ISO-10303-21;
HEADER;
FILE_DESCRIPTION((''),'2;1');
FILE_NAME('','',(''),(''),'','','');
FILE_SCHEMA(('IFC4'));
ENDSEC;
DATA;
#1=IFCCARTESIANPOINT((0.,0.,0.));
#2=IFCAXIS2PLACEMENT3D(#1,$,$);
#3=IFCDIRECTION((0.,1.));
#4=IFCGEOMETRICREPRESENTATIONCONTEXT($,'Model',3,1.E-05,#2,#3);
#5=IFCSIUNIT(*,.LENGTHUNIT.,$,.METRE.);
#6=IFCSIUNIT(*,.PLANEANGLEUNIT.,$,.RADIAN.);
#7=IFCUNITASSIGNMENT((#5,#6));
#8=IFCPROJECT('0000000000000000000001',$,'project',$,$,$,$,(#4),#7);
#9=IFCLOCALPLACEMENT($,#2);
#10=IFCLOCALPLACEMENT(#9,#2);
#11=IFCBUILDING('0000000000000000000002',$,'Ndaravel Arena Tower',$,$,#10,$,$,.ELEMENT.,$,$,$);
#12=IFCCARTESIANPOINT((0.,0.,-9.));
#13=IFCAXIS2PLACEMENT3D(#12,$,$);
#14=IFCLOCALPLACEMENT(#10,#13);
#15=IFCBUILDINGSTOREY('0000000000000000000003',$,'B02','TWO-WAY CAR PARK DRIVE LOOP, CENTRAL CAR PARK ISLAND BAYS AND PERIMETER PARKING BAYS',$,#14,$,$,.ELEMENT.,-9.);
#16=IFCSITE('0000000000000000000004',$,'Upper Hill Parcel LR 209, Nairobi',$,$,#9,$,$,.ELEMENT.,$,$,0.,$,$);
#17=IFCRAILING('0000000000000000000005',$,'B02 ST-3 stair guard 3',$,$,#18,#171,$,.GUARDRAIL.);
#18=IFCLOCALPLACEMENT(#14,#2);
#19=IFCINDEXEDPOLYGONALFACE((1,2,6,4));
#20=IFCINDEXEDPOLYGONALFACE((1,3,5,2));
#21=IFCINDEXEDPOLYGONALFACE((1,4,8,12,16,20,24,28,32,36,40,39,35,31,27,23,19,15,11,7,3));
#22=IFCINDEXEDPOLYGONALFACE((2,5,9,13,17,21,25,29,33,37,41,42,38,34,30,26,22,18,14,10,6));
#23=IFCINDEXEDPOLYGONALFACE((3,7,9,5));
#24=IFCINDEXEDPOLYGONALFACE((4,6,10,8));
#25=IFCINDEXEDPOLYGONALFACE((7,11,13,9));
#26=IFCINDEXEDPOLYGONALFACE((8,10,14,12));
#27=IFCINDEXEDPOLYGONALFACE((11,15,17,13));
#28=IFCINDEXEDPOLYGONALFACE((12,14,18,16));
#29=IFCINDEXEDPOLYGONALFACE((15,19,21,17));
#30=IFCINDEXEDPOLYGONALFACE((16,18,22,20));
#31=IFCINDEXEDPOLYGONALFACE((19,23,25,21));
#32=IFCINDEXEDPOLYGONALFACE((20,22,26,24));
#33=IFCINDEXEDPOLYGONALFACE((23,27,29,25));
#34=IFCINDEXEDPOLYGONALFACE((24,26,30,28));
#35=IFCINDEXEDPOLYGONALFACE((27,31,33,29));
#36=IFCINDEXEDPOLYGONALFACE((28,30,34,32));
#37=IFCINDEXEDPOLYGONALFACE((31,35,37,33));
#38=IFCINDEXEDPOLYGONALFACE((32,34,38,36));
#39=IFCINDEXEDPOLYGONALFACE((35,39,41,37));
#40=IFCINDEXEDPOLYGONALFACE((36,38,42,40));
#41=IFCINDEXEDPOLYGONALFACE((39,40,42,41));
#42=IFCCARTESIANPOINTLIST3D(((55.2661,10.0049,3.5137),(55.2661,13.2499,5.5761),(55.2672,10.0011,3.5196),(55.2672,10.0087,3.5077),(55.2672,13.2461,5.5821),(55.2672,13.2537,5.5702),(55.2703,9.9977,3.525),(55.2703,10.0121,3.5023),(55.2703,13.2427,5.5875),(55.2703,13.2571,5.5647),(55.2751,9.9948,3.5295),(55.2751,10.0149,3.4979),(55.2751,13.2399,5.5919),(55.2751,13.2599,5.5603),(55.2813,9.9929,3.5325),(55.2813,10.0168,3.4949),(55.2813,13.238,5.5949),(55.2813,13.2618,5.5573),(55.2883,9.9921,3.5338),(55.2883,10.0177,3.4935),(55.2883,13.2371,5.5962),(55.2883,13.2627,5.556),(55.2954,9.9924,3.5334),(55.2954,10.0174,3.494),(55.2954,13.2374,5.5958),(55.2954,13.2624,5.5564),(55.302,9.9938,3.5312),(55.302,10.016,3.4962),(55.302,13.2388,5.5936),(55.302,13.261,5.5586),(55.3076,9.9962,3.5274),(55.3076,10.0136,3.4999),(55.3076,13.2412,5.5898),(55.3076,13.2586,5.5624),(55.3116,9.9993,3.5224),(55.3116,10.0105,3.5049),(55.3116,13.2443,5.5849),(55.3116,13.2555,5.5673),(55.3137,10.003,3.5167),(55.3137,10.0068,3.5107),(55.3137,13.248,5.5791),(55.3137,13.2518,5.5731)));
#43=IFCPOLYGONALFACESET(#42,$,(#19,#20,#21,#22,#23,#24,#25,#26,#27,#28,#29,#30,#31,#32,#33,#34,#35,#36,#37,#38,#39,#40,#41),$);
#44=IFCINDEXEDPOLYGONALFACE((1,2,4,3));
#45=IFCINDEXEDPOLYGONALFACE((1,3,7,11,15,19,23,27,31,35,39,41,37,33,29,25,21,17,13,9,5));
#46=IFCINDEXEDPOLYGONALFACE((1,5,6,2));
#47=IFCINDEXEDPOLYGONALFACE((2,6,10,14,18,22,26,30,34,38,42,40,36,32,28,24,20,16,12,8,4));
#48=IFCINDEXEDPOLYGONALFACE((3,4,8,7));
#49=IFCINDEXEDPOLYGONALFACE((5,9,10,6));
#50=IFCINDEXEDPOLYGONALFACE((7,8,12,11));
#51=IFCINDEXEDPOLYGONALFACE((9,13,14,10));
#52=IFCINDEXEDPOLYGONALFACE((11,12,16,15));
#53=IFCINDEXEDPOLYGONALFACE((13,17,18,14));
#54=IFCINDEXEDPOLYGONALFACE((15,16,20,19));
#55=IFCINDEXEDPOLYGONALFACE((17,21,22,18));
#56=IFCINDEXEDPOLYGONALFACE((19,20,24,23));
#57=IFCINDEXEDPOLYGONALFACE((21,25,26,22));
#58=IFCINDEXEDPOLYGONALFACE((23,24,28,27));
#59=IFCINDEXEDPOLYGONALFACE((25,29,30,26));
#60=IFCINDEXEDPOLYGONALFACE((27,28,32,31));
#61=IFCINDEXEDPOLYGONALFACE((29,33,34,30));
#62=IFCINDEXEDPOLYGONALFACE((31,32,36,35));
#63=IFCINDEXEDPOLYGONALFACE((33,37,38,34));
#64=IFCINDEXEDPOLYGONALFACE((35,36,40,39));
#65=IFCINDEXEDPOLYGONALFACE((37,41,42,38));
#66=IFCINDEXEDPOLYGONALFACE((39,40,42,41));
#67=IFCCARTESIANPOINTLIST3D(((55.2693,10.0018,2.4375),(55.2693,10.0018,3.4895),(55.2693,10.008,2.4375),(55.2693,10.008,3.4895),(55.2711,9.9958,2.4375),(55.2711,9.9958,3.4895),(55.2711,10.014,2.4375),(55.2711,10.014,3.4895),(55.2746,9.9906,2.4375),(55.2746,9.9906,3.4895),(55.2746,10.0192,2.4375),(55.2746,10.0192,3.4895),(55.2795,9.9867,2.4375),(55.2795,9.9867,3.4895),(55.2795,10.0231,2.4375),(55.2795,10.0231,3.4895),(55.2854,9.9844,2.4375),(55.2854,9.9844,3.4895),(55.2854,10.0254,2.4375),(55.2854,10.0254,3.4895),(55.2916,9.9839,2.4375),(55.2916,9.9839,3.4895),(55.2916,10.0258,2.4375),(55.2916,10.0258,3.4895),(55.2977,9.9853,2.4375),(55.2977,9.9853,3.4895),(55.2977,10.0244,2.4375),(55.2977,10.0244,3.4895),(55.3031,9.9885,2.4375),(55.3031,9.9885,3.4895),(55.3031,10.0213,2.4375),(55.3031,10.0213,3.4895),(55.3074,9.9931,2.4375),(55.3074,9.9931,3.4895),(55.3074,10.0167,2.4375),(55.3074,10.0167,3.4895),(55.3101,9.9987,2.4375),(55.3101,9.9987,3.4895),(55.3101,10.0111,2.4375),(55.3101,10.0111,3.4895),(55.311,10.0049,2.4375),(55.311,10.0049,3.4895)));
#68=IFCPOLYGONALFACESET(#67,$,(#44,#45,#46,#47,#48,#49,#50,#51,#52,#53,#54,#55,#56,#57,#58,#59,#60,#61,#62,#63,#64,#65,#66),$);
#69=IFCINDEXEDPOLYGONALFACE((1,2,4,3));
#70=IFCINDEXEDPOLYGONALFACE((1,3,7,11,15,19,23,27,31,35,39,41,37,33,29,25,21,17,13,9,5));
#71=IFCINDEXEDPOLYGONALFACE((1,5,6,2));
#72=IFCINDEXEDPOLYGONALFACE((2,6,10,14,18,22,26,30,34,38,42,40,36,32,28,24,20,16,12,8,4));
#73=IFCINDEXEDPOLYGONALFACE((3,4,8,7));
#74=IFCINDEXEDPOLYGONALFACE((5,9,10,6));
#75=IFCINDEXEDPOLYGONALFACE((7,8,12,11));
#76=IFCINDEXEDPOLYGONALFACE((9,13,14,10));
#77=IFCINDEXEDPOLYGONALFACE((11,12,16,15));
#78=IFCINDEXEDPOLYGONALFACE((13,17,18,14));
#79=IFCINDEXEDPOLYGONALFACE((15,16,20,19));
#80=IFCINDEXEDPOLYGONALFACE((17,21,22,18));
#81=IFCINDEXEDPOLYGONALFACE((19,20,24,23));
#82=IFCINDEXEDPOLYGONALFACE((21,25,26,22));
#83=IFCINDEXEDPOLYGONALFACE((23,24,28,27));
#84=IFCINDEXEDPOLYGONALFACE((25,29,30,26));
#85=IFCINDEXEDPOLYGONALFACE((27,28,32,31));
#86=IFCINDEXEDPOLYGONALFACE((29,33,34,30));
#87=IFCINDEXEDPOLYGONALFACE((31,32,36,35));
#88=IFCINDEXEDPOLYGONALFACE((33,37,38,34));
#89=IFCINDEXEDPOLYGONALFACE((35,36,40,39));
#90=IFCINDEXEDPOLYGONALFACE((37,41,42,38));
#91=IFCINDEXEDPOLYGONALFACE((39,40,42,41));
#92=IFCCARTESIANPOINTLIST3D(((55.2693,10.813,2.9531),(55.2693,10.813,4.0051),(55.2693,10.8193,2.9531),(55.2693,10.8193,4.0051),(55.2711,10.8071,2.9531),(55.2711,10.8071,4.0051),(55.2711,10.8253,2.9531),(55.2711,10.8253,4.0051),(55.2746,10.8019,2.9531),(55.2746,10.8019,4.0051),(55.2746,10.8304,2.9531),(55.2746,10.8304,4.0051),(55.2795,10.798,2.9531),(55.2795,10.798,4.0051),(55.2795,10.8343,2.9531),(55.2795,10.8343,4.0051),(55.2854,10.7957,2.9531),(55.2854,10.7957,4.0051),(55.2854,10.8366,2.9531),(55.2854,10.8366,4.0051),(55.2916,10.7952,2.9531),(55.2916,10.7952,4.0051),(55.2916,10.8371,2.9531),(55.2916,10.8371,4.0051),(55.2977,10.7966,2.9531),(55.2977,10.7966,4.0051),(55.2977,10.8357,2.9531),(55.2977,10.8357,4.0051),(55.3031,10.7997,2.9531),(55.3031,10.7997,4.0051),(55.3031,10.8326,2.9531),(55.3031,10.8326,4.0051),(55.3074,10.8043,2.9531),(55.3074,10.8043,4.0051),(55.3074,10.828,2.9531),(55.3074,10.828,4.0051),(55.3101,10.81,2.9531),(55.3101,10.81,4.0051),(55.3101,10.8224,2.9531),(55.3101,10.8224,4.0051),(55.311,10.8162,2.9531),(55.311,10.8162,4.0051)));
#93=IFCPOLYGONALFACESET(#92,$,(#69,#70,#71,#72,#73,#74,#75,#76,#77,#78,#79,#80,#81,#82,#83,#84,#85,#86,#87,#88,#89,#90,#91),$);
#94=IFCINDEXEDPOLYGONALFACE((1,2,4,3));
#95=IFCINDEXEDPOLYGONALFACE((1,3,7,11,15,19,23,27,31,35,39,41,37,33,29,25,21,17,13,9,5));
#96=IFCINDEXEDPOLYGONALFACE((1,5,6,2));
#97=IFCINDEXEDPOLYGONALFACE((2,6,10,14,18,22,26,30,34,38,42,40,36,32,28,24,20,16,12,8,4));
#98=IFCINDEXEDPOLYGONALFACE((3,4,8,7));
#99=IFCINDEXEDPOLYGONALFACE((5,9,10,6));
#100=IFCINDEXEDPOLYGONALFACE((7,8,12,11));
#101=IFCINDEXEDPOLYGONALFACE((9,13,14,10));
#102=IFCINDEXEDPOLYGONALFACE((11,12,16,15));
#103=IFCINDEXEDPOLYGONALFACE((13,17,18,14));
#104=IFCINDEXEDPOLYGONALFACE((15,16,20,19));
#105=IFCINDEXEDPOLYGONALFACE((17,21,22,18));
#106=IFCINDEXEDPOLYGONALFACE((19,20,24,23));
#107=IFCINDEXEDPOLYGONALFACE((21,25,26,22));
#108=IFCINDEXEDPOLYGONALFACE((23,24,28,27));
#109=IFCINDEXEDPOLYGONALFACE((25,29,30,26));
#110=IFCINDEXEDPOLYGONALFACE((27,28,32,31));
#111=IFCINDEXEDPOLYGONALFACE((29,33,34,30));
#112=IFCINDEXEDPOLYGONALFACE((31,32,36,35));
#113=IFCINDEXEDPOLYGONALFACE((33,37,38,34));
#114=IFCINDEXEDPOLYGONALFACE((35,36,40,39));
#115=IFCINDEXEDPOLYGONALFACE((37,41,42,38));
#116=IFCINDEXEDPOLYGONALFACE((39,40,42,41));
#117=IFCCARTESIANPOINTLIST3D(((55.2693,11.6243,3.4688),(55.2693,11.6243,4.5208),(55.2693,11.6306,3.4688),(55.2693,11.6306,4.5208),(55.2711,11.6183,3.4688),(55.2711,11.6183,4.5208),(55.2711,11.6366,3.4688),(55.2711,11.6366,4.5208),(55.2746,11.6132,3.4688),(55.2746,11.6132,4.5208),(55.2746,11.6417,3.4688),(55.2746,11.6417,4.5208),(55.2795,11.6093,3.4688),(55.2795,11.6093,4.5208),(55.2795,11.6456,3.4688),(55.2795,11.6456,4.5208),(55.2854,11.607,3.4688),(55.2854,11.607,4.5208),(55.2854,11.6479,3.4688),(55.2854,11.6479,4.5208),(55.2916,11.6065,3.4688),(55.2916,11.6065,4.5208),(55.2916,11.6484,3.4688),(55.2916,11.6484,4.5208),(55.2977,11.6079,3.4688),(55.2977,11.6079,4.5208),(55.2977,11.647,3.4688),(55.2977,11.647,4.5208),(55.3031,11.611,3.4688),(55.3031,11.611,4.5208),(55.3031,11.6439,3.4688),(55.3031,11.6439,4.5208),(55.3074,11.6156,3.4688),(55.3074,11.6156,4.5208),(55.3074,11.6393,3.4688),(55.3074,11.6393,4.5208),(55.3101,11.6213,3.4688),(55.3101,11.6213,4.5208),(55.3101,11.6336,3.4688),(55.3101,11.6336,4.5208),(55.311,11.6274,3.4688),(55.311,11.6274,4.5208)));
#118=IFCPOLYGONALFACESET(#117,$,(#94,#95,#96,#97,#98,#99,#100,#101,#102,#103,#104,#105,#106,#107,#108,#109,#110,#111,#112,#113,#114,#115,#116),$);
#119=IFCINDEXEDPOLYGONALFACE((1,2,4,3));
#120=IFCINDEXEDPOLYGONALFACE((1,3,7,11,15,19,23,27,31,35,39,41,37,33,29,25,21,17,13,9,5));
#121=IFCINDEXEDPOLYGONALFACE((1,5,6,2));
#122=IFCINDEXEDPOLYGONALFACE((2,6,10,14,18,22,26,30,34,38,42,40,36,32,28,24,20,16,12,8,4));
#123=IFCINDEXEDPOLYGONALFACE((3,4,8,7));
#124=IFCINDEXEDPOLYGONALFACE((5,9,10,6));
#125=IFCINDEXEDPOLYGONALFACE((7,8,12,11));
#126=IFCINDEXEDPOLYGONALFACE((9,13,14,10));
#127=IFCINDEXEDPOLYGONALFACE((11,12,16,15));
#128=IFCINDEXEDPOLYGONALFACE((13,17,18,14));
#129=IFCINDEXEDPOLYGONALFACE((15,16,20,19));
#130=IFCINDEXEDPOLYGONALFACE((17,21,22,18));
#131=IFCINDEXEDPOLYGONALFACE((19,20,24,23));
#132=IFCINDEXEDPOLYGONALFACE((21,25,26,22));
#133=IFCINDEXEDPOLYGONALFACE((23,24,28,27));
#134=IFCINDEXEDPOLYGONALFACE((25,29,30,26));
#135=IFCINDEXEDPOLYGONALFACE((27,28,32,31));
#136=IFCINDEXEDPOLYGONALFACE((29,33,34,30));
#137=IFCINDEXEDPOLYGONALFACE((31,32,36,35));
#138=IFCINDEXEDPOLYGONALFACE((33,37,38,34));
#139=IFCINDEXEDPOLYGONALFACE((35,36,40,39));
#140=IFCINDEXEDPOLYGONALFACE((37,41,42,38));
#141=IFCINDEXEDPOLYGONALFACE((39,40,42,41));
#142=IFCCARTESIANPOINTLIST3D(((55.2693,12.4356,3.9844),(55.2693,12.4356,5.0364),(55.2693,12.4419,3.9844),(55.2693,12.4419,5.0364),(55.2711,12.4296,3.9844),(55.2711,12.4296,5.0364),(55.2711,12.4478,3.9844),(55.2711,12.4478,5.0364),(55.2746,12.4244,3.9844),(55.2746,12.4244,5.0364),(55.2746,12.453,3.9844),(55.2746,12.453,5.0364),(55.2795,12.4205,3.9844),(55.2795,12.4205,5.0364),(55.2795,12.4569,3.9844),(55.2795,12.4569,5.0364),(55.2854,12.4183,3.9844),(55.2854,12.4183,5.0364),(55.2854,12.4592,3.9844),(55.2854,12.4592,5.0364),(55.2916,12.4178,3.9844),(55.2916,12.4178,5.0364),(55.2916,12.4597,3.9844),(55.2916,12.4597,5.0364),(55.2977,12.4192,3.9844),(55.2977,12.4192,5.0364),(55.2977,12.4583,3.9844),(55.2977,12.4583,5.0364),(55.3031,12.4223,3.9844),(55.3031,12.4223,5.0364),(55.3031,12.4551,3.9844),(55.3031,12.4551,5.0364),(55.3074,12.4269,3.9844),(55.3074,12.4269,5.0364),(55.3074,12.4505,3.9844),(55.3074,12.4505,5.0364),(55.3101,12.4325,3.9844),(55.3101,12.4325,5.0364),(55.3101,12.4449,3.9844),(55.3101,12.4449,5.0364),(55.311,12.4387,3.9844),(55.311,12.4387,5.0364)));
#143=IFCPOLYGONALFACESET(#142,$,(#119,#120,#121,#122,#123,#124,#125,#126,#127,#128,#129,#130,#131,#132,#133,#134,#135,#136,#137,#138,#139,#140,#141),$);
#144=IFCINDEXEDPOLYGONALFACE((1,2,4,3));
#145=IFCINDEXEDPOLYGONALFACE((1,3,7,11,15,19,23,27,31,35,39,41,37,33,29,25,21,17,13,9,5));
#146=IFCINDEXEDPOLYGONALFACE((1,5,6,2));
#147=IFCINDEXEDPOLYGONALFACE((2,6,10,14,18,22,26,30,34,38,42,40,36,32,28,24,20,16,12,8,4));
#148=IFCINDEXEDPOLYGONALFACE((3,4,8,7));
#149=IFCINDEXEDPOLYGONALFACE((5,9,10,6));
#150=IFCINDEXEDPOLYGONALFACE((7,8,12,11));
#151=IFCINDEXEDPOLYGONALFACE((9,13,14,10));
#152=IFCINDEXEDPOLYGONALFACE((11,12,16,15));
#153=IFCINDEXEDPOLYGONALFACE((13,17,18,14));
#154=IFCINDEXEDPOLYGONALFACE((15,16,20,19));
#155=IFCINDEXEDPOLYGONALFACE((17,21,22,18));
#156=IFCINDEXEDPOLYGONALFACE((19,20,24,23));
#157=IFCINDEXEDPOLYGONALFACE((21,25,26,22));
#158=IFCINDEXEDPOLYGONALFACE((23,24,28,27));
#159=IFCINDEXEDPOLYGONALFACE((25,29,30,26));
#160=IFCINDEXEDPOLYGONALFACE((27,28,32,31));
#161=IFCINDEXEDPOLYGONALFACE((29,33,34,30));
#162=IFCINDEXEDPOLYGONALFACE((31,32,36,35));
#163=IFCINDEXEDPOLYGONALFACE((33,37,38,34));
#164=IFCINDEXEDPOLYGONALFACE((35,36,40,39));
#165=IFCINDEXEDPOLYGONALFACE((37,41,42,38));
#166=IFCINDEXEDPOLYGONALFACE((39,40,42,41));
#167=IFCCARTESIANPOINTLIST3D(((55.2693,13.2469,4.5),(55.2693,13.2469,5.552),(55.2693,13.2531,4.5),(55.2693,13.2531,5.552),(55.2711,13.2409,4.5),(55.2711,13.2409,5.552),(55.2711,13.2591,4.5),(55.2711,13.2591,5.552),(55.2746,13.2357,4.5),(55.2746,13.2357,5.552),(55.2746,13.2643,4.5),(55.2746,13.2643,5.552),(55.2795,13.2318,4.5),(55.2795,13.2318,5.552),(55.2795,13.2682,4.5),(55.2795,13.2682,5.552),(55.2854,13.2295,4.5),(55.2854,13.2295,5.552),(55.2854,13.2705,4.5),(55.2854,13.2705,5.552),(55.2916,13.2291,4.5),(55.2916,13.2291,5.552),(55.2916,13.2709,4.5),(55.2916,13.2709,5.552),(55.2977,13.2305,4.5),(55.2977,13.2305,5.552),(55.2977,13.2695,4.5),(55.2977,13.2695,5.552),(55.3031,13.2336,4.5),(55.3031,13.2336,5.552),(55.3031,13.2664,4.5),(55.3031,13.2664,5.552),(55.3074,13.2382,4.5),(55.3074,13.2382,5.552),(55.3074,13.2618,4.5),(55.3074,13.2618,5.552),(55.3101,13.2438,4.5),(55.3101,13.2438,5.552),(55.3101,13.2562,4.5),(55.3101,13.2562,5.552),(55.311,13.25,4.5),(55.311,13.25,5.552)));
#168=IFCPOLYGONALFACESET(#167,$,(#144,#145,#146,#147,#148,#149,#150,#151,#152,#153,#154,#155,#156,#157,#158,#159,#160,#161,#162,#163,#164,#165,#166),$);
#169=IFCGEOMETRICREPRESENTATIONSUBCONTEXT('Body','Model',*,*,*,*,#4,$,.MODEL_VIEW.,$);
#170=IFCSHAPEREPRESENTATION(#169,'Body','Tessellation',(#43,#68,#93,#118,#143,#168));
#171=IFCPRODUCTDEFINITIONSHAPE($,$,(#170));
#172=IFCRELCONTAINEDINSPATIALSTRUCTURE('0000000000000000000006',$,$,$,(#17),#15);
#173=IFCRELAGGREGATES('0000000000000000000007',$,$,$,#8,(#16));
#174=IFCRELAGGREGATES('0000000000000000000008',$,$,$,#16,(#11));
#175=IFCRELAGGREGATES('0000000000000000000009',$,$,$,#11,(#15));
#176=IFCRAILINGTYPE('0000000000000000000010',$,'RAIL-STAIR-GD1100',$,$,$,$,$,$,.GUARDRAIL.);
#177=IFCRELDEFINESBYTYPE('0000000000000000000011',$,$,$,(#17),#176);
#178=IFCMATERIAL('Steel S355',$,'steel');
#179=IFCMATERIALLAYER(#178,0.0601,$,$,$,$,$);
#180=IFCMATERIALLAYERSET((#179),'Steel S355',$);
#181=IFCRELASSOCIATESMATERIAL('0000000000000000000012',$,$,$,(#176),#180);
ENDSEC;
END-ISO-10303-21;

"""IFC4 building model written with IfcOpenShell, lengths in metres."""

from ifc_helpers import new_model, si_unit, direction, frame, origin, origin_2d, place, context, subcontext, project, spatial, circle, extrude, material, layer, layer_set, type_object, element, save


model = new_model("IFC4")

# Units and contexts
model_context = context("Model", 3, precision=1e-05, world=origin(), true_north=direction((0.0, 1.0)))
body_context = subcontext(model_context, "Body", "Model", "MODEL_VIEW")
ifc_project = project(units=[si_unit("LENGTHUNIT", "METRE"), si_unit("PLANEANGLEUNIT", "RADIAN")], contexts=[model_context])

# Site, building, storey
site_placement = place(None, origin())
site = spatial("IfcSite", under=ifc_project, at=site_placement, Name="Upper Hill Parcel LR 209, Nairobi", CompositionType="ELEMENT", RefElevation=0.0)
building_placement = place(site_placement, origin())
building = spatial("IfcBuilding", under=site, at=building_placement, Name="Ndaravel Arena Tower", CompositionType="ELEMENT")
storey_placement = place(building_placement, frame((0.0, 0.0, -9.0)))
storey = spatial("IfcBuildingStorey", under=building, at=storey_placement, Name="B02", Description="TWO-WAY CAR PARK DRIVE LOOP, CENTRAL CAR PARK ISLAND BAYS AND PERIMETER PARKING BAYS", CompositionType="ELEMENT", Elevation=-9.0)

# Railing
ifc_material_1 = material(Name="Steel S355", Category="steel")
ifc_layer_1 = layer(ifc_material_1, 0.0601)
ifc_layer_set_1 = layer_set([ifc_layer_1], Name="Steel S355")
railing_type_1 = type_object("IfcRailingType", Name="RAIL-STAIR-GD1100", PredefinedType="GUARDRAIL", material=ifc_layer_set_1)
railing_1_placement = place(storey_placement, frame((55.29, 10.0049, 2.4375)))
element("IfcRailing", 1, at=railing_1_placement, inside=storey, type_object=railing_type_1, Name="B02 ST-3 stair guard 3", PredefinedType="GUARDRAIL", context=body_context, shape_type="SweptSolid", body=[
    extrude(circle(Radius=0.0239, at=origin_2d()), frame((0.0, 0.0, 1.0762), z_axis=(0.0, 0.843965, 0.536399), x_axis=(-1.0, 0.0, 0.0)), (0.0, 0.0, 1.0), 3.845),
    extrude(circle(Radius=0.021, at=origin_2d()), origin(), (0.0, 0.0, 1.0), 1.052),
    extrude(circle(Radius=0.021, at=origin_2d()), frame((0.0, 0.8113, 0.5156)), (0.0, 0.0, 1.0), 1.052),
    extrude(circle(Radius=0.021, at=origin_2d()), frame((0.0, 1.6226, 1.0312)), (0.0, 0.0, 1.0), 1.052),
    extrude(circle(Radius=0.021, at=origin_2d()), frame((0.0, 2.4338, 1.5469)), (0.0, 0.0, 1.0), 1.052),
    extrude(circle(Radius=0.021, at=origin_2d()), frame((0.0, 3.2451, 2.0625)), (0.0, 0.0, 1.0), 1.052),
])

save(model, "model.ifc")
